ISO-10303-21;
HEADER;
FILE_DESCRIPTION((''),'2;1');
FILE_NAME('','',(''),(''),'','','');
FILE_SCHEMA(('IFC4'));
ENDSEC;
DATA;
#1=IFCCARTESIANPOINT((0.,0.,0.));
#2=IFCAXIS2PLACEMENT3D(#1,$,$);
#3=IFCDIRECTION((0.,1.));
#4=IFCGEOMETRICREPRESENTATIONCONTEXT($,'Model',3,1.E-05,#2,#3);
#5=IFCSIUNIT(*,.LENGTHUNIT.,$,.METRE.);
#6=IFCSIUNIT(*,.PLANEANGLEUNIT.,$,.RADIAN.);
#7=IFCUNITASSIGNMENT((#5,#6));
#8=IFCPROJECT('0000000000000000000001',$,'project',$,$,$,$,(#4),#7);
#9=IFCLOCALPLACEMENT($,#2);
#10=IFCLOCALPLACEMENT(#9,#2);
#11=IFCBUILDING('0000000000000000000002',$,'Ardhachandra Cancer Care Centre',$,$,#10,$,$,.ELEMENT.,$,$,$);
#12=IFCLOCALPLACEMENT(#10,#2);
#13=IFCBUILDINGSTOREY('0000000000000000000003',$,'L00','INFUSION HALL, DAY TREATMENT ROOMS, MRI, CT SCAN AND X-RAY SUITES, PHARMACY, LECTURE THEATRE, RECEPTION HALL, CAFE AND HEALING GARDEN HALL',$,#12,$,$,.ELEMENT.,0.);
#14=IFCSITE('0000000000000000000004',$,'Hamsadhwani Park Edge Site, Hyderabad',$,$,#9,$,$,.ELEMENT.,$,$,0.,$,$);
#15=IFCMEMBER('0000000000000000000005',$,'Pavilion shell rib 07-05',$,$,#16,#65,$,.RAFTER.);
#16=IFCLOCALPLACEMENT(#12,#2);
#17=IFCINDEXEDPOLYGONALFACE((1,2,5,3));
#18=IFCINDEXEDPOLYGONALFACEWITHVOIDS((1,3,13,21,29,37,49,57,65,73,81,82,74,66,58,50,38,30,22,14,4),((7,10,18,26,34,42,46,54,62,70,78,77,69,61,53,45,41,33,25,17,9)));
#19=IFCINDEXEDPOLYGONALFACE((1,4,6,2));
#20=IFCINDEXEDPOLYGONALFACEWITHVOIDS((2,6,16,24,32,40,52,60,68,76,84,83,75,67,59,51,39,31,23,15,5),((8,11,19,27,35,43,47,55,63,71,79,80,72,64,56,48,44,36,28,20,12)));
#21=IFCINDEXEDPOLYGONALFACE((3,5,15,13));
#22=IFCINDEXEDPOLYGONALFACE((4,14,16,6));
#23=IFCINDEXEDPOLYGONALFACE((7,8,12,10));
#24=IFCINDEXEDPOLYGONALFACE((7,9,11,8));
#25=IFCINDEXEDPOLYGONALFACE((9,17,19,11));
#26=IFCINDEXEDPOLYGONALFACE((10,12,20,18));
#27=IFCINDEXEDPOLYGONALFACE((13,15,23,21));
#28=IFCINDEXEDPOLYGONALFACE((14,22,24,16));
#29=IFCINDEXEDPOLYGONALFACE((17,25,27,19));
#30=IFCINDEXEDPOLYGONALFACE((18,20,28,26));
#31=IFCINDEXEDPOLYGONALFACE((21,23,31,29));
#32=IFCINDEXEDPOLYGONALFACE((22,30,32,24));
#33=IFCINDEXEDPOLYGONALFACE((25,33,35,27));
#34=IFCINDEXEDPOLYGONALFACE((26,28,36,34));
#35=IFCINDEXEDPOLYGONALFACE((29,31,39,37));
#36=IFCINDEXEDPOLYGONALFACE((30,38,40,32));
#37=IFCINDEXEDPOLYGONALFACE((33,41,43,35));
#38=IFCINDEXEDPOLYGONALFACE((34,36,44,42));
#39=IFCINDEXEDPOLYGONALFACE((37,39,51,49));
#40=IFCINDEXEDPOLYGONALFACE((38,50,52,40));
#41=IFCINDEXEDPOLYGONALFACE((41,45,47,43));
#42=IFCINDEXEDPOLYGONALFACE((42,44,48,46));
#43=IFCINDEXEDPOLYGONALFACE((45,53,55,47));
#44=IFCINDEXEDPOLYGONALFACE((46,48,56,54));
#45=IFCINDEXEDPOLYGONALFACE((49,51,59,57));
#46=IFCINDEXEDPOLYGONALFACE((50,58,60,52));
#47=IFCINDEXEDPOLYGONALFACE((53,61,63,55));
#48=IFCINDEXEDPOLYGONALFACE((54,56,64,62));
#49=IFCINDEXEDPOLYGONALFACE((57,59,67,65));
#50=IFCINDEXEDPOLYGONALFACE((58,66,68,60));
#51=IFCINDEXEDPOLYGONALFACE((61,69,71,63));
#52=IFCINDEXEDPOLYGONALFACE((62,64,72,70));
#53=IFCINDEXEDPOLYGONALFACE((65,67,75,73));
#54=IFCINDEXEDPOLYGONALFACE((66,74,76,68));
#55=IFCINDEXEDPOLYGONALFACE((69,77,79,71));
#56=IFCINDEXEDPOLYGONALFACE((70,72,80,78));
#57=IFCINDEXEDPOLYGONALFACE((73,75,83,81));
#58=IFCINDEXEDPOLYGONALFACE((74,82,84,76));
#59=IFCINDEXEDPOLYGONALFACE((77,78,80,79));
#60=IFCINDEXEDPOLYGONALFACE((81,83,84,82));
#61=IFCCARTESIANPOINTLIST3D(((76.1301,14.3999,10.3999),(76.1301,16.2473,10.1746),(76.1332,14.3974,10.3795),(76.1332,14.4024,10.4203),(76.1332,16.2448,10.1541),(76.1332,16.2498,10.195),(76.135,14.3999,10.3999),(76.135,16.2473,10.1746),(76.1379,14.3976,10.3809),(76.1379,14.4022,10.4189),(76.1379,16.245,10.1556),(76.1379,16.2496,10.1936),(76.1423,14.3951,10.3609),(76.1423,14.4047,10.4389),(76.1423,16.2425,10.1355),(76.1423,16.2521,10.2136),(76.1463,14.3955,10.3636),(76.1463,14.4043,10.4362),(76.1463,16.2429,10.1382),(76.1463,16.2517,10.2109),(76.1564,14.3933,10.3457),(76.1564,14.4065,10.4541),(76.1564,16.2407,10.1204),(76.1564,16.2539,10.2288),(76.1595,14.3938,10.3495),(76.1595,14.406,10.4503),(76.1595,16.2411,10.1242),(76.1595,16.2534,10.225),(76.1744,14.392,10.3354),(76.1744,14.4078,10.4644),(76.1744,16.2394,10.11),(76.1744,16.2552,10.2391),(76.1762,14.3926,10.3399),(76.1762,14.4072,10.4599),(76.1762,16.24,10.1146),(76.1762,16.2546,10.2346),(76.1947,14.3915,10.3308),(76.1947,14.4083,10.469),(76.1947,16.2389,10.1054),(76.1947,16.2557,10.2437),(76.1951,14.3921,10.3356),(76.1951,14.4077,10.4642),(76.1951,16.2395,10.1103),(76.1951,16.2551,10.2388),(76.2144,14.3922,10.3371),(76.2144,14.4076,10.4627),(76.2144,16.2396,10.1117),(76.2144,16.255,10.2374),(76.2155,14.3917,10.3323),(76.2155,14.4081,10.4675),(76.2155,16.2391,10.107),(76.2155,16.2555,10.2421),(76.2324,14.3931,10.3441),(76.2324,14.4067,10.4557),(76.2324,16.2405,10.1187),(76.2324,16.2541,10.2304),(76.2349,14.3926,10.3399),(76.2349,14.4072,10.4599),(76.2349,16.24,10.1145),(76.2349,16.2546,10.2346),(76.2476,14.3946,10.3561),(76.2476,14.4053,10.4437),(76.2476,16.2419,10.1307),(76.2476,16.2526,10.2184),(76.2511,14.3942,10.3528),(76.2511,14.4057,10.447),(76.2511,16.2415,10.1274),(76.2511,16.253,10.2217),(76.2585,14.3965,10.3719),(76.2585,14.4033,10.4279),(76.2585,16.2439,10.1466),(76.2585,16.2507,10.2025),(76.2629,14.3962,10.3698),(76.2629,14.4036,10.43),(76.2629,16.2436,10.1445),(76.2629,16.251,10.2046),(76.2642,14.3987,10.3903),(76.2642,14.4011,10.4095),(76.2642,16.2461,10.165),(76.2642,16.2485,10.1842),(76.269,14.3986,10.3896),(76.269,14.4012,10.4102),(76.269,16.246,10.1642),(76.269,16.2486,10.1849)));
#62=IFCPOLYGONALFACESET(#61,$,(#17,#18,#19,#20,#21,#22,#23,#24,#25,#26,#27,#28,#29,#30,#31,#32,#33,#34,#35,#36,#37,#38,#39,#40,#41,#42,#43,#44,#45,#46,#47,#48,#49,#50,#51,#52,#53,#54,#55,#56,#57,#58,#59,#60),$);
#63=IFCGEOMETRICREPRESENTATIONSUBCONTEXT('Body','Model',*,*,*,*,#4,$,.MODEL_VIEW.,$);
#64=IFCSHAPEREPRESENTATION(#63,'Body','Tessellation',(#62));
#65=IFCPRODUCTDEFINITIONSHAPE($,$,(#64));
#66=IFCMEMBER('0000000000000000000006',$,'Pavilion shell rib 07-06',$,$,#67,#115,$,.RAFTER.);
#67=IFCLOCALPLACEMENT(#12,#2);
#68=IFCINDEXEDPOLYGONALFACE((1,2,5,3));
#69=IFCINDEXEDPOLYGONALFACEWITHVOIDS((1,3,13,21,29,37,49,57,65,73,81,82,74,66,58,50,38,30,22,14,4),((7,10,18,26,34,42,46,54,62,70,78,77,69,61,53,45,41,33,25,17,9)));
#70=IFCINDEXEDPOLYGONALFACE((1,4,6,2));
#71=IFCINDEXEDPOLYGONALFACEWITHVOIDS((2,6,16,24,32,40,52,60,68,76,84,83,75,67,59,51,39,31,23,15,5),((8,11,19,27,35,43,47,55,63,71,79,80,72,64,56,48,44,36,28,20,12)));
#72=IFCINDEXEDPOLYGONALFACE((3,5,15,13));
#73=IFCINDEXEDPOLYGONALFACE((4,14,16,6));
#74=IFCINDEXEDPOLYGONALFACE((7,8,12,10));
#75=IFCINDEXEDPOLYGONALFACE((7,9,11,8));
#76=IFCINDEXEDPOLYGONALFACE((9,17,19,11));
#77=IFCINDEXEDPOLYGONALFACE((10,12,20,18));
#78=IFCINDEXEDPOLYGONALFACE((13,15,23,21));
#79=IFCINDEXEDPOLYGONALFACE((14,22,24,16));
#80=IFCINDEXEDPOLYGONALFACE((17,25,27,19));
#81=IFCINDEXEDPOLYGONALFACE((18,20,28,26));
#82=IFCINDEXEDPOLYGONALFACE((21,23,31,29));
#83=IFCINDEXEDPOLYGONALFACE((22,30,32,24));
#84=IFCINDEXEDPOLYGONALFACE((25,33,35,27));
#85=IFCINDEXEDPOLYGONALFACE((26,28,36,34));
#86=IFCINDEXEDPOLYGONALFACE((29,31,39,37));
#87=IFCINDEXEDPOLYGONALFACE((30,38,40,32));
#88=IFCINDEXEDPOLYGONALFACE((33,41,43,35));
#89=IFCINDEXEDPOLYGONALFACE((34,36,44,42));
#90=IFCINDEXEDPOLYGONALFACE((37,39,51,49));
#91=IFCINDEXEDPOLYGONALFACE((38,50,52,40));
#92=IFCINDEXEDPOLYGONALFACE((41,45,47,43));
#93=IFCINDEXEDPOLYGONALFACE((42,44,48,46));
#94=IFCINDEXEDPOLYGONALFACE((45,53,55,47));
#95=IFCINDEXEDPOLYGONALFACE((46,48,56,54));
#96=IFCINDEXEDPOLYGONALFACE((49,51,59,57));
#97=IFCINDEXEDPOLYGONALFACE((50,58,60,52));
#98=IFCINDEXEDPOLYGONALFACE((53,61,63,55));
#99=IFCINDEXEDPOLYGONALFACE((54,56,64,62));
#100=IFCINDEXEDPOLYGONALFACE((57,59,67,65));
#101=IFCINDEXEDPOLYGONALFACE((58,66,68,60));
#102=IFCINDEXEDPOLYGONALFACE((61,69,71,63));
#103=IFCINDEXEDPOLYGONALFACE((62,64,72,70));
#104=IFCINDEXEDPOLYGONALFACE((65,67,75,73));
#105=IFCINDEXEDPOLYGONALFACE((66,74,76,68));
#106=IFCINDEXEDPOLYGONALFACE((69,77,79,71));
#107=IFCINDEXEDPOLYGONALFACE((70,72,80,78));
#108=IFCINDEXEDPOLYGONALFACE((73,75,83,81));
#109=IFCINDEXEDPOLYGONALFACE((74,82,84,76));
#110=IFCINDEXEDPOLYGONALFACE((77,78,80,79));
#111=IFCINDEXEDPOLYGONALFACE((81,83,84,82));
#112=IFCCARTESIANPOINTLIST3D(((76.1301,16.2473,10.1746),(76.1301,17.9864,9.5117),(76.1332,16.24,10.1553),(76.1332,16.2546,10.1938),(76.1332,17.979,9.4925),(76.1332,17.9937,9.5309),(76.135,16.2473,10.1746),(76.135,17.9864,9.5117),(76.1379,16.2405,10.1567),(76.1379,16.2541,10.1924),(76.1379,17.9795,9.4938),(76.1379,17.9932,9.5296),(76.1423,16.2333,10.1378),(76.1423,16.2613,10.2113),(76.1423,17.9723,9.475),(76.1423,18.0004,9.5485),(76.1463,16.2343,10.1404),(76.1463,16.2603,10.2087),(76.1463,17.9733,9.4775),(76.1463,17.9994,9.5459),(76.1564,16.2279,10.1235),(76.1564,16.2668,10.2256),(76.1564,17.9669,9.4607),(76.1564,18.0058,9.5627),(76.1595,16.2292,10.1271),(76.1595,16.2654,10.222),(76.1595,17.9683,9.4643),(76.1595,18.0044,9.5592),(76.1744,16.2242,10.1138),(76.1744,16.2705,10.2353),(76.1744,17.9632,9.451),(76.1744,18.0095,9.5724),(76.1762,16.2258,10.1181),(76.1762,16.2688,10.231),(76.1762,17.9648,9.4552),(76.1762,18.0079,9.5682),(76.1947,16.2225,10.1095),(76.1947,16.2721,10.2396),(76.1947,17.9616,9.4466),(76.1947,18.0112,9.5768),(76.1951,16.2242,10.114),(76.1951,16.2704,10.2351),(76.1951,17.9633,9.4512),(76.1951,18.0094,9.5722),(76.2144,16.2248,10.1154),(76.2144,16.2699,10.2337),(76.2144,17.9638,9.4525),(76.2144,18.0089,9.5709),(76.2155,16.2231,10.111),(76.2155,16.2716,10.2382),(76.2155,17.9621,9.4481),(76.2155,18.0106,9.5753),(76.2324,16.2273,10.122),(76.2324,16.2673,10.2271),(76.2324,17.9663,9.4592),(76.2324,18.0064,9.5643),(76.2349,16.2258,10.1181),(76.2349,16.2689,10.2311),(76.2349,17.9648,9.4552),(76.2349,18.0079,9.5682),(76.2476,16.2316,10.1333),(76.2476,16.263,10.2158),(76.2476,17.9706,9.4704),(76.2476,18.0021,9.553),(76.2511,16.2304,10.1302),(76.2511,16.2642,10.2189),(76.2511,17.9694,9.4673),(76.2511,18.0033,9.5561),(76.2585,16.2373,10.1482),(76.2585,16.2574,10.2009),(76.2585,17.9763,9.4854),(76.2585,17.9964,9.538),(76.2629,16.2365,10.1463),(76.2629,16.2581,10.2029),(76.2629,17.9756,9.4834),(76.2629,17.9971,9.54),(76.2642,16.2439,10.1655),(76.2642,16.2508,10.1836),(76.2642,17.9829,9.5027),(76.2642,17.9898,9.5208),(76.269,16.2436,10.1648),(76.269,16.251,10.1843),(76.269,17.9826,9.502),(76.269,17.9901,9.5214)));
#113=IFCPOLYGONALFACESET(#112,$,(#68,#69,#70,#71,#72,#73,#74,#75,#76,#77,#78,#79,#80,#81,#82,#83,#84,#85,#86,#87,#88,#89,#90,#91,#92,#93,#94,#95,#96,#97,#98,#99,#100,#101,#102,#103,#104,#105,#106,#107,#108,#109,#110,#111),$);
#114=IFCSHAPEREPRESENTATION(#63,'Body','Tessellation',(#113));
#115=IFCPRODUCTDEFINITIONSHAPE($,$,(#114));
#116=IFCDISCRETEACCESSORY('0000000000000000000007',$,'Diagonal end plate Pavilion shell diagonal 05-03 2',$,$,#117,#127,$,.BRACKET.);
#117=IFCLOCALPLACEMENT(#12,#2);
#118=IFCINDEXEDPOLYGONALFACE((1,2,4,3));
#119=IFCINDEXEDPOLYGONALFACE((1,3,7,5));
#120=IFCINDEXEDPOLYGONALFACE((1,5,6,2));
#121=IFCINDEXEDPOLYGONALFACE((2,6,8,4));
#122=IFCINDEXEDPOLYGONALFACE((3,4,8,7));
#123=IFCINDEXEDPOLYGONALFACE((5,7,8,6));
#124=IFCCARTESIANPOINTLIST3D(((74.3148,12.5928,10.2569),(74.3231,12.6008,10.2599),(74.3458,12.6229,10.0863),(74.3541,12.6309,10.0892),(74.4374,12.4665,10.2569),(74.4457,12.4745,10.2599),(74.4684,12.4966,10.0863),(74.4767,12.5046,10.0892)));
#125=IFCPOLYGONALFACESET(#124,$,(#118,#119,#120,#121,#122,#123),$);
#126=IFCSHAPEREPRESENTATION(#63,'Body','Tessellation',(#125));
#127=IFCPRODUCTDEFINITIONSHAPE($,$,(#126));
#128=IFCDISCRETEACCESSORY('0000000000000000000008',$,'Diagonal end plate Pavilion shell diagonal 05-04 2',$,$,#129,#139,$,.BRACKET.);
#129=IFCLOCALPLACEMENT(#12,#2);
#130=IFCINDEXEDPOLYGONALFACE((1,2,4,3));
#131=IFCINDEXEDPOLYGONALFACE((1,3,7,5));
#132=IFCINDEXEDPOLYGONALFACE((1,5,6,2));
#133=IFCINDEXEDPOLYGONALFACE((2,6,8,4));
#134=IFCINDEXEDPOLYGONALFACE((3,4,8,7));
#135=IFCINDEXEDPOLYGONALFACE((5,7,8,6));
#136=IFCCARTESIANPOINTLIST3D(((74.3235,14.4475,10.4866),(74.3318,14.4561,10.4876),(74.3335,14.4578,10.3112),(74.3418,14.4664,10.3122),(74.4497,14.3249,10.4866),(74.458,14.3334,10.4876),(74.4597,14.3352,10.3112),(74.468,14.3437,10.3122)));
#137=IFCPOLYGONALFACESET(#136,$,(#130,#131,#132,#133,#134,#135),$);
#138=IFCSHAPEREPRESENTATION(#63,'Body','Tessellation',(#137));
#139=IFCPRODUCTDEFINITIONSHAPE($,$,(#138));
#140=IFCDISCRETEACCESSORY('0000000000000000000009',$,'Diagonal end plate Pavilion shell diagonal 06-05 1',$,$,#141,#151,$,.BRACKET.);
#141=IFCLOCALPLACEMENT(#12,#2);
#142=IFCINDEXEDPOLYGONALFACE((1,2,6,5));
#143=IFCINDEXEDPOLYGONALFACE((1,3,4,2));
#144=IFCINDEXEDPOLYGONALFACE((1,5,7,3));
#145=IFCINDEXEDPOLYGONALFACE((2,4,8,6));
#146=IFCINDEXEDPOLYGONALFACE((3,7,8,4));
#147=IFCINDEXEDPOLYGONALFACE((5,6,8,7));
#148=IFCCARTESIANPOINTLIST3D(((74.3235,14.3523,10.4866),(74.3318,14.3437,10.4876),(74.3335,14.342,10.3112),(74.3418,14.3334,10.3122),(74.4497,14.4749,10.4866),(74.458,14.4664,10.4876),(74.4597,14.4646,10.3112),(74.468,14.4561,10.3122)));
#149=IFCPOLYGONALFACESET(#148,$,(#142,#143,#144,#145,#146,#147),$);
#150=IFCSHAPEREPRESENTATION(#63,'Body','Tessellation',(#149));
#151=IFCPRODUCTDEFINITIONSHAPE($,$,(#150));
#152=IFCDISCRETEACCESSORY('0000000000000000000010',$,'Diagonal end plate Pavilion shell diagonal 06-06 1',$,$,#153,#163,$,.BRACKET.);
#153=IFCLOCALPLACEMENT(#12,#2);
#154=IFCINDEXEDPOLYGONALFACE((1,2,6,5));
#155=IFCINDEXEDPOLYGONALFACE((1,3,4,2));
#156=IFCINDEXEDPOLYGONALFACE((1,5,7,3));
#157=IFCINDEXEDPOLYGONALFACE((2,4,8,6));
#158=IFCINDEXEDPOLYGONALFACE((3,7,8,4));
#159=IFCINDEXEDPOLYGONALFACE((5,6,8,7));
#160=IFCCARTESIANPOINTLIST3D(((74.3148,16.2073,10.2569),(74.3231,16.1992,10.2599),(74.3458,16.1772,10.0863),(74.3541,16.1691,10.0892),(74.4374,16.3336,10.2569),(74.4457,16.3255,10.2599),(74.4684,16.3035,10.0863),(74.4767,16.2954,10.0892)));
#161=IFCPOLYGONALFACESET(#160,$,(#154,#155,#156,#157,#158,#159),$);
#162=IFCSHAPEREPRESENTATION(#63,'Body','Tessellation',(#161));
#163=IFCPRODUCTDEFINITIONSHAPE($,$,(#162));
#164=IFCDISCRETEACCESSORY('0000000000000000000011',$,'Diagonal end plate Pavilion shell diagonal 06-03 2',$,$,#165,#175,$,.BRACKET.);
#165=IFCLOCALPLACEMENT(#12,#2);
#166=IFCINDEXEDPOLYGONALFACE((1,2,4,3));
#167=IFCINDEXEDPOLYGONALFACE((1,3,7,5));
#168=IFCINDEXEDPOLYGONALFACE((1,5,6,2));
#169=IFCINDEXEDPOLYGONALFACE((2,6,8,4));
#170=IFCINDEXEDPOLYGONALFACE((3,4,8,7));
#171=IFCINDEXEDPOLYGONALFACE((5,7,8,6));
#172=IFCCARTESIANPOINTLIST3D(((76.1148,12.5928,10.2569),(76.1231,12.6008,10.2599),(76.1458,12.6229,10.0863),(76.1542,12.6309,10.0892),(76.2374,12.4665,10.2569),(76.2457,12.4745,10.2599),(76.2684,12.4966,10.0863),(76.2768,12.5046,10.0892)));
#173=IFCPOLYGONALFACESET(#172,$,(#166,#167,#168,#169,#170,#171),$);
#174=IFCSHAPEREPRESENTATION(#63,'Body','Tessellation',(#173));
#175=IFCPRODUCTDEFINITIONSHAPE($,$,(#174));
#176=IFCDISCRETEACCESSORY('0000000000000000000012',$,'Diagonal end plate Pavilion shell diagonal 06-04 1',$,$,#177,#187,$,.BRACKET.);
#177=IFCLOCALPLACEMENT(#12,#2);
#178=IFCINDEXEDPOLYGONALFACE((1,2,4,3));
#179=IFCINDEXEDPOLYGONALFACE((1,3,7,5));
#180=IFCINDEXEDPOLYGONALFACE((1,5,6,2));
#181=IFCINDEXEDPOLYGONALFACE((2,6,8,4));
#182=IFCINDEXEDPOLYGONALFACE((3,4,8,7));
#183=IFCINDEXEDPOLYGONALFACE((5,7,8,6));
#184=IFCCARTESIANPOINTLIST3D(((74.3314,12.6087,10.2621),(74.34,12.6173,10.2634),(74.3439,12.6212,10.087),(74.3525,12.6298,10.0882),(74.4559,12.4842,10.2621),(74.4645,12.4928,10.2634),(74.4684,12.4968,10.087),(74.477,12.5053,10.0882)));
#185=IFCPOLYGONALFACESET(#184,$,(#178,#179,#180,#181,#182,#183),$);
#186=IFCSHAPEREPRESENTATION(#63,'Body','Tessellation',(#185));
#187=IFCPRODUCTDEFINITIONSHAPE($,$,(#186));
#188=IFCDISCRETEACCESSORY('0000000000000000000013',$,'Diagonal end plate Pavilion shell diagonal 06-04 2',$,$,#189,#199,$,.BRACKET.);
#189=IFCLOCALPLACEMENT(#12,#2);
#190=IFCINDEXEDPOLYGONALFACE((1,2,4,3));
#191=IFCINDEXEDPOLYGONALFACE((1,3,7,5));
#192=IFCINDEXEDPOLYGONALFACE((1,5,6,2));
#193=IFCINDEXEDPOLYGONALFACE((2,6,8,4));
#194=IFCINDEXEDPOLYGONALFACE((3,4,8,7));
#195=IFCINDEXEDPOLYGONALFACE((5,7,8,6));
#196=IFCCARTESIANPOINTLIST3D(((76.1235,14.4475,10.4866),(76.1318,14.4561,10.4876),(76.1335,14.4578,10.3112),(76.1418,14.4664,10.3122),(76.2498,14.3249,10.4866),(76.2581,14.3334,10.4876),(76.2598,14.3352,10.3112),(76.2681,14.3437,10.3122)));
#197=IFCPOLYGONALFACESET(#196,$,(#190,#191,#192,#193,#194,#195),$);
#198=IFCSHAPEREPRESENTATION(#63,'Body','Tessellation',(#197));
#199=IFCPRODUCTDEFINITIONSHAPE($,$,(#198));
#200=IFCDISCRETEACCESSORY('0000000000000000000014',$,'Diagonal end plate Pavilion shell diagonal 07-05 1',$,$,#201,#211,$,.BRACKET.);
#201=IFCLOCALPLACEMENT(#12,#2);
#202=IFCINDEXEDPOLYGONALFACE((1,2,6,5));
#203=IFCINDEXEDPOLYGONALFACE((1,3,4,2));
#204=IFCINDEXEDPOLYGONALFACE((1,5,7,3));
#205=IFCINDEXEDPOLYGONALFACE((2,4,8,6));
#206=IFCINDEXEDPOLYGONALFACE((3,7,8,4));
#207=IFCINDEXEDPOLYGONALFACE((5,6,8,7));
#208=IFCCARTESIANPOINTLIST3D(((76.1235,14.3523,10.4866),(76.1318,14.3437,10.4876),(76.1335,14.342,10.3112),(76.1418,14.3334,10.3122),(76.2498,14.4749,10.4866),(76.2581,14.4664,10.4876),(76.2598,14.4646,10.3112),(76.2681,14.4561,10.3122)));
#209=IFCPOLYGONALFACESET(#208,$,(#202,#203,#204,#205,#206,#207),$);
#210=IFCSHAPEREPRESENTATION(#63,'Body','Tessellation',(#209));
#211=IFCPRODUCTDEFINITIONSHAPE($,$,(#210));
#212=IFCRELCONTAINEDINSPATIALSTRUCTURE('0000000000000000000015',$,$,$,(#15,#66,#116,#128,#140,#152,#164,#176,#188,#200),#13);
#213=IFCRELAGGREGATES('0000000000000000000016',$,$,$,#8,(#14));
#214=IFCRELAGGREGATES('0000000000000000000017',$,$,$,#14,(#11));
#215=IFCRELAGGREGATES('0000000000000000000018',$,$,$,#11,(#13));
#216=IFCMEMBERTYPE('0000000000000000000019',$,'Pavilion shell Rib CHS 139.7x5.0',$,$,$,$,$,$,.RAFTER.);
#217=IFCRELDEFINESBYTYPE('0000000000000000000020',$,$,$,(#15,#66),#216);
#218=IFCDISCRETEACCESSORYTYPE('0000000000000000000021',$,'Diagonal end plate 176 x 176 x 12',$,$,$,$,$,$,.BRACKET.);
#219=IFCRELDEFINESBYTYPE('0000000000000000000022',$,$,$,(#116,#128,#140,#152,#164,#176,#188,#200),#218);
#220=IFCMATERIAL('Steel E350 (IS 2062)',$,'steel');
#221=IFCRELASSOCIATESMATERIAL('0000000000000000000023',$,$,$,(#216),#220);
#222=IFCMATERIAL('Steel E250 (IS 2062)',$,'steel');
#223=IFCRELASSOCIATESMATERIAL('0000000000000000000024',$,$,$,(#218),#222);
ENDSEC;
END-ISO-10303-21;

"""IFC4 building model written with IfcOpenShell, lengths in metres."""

from ifc_helpers import new_model, si_unit, direction, frame, origin, origin_2d, place, context, subcontext, project, spatial, rectangle, hollow_circle, extrude, material, material_profile, profile_set, type_object, element, save


model = new_model("IFC4")

# Units and contexts
model_context = context("Model", 3, precision=1e-05, world=origin(), true_north=direction((0.0, 1.0)))
body_context = subcontext(model_context, "Body", "Model", "MODEL_VIEW")
ifc_project = project(units=[si_unit("LENGTHUNIT", "METRE"), si_unit("PLANEANGLEUNIT", "RADIAN")], contexts=[model_context])

# Site, building, storey
site_placement = place(None, origin())
site = spatial("IfcSite", under=ifc_project, at=site_placement, Name="Hamsadhwani Park Edge Site, Hyderabad", CompositionType="ELEMENT", RefElevation=0.0)
building_placement = place(site_placement, origin())
building = spatial("IfcBuilding", under=site, at=building_placement, Name="Ardhachandra Cancer Care Centre", CompositionType="ELEMENT")
storey_placement = place(building_placement, origin())
storey = spatial("IfcBuildingStorey", under=building, at=storey_placement, Name="L00", Description="INFUSION HALL, DAY TREATMENT ROOMS, MRI, CT SCAN AND X-RAY SUITES, PHARMACY, LECTURE THEATRE, RECEPTION HALL, CAFE AND HEALING GARDEN HALL", CompositionType="ELEMENT", Elevation=0.0)

# Members
ifc_material_1 = material(Name="Steel E350 (IS 2062)", Category="steel")
ifc_material_profile_1 = material_profile(ifc_material_1, hollow_circle(Radius=0.0698, WallThickness=0.0049, at=origin_2d()), Name="CHS 139.7x5.0")
ifc_profile_set_1 = profile_set([ifc_material_profile_1], Name="Steel E350 (IS 2062)")
member_type_1 = type_object("IfcMemberType", Name="Pavilion shell Rib CHS 139.7x5.0", PredefinedType="RAFTER", material=ifc_profile_set_1)
for number, where, z_axis, x_axis, name in (
    (1, (76.2, 14.3999, 10.3999), (0.0, 0.992643, -0.12108), (-1.0, 0.0, 0.0), "Pavilion shell rib 07-05"),
    (2, (76.2, 16.2473, 10.1746), (0.0, 0.934423, -0.356164), (-1.0, 0.0, 0.0), "Pavilion shell rib 07-06"),
):
    element("IfcMember", number, at=place(storey_placement, frame(where, z_axis=z_axis, x_axis=x_axis)), inside=storey, type_object=member_type_1, Name=name, PredefinedType="RAFTER", context=body_context, shape_type="SweptSolid", body=[
        extrude(hollow_circle(Radius=0.0698, WallThickness=0.0049, at=origin_2d()), origin(), (0.0, 0.0, 1.0), 1.8611),
    ])

# Discrete accessories
ifc_material_2 = material(Name="Steel E250 (IS 2062)", Category="steel")
ifc_material_profile_2 = material_profile(ifc_material_2, rectangle(XDim=0.176, YDim=0.176, at=origin_2d()), Name="PL 176x176x12")
ifc_profile_set_2 = profile_set([ifc_material_profile_2], Name="Steel E250 (IS 2062)")
discrete_accessory_type = type_object("IfcDiscreteAccessoryType", Name="Diagonal end plate 176 x 176 x 12", PredefinedType="BRACKET", material=ifc_profile_set_2)
for number, where, z_axis, x_axis, name in (
    (3, (74.3999, 12.5527, 10.1746), (-0.695618, -0.675159, -0.245512), (0.696475, -0.717581, 0.0), "Diagonal end plate Pavilion shell diagonal 05-03 2"),
    (4, (74.3999, 14.3999, 10.3999), (-0.694456, -0.714881, -0.081701), (0.717279, -0.696786, 0.0), "Diagonal end plate Pavilion shell diagonal 05-04 2"),
    (5, (74.3999, 14.3999, 10.3999), (-0.694456, 0.714881, -0.081701), (-0.717279, -0.696786, 0.0), "Diagonal end plate Pavilion shell diagonal 06-05 1"),
    (6, (74.3999, 16.2473, 10.1746), (-0.695618, 0.675159, -0.245512), (-0.696475, -0.717581, 0.0), "Diagonal end plate Pavilion shell diagonal 06-06 1"),
    (7, (76.2, 12.5527, 10.1746), (-0.695618, -0.675159, -0.245512), (0.696475, -0.717581, 0.0), "Diagonal end plate Pavilion shell diagonal 06-03 2"),
):
    element("IfcDiscreteAccessory", number, at=place(storey_placement, frame(where, z_axis=z_axis, x_axis=x_axis)), inside=storey, type_object=discrete_accessory_type, Name=name, PredefinedType="BRACKET", context=body_context, shape_type="SweptSolid", body=[
        extrude(rectangle(XDim=0.176, YDim=0.176, at=origin_2d()), origin(), (0.0, 0.0, 1.0), 0.012),
    ])
discrete_accessory_1_placement = place(storey_placement, frame((74.3999, 12.5527, 10.1746), z_axis=(0.703526, 0.703526, 0.100504), x_axis=(-0.707107, 0.707107, 0.0)))
element("IfcDiscreteAccessory", 8, at=discrete_accessory_1_placement, inside=storey, type_object=discrete_accessory_type, Name="Diagonal end plate Pavilion shell diagonal 06-04 1", PredefinedType="BRACKET", context=body_context, shape_type="SweptSolid", body=[
    extrude(rectangle(XDim=0.176, YDim=0.176, at=origin_2d()), origin(), (0.0, 0.0, 1.0), 0.0122),
])
for number, where, z_axis, x_axis, name in (
    (9, (76.2, 14.3999, 10.3999), (-0.694456, -0.714881, -0.081701), (0.717279, -0.696786, 0.0), "Diagonal end plate Pavilion shell diagonal 06-04 2"),
    (10, (76.2, 14.3999, 10.3999), (-0.694456, 0.714881, -0.081701), (-0.717279, -0.696786, 0.0), "Diagonal end plate Pavilion shell diagonal 07-05 1"),
):
    element("IfcDiscreteAccessory", number, at=place(storey_placement, frame(where, z_axis=z_axis, x_axis=x_axis)), inside=storey, type_object=discrete_accessory_type, Name=name, PredefinedType="BRACKET", context=body_context, shape_type="SweptSolid", body=[
        extrude(rectangle(XDim=0.176, YDim=0.176, at=origin_2d()), origin(), (0.0, 0.0, 1.0), 0.012),
    ])

save(model, "model.ifc")
